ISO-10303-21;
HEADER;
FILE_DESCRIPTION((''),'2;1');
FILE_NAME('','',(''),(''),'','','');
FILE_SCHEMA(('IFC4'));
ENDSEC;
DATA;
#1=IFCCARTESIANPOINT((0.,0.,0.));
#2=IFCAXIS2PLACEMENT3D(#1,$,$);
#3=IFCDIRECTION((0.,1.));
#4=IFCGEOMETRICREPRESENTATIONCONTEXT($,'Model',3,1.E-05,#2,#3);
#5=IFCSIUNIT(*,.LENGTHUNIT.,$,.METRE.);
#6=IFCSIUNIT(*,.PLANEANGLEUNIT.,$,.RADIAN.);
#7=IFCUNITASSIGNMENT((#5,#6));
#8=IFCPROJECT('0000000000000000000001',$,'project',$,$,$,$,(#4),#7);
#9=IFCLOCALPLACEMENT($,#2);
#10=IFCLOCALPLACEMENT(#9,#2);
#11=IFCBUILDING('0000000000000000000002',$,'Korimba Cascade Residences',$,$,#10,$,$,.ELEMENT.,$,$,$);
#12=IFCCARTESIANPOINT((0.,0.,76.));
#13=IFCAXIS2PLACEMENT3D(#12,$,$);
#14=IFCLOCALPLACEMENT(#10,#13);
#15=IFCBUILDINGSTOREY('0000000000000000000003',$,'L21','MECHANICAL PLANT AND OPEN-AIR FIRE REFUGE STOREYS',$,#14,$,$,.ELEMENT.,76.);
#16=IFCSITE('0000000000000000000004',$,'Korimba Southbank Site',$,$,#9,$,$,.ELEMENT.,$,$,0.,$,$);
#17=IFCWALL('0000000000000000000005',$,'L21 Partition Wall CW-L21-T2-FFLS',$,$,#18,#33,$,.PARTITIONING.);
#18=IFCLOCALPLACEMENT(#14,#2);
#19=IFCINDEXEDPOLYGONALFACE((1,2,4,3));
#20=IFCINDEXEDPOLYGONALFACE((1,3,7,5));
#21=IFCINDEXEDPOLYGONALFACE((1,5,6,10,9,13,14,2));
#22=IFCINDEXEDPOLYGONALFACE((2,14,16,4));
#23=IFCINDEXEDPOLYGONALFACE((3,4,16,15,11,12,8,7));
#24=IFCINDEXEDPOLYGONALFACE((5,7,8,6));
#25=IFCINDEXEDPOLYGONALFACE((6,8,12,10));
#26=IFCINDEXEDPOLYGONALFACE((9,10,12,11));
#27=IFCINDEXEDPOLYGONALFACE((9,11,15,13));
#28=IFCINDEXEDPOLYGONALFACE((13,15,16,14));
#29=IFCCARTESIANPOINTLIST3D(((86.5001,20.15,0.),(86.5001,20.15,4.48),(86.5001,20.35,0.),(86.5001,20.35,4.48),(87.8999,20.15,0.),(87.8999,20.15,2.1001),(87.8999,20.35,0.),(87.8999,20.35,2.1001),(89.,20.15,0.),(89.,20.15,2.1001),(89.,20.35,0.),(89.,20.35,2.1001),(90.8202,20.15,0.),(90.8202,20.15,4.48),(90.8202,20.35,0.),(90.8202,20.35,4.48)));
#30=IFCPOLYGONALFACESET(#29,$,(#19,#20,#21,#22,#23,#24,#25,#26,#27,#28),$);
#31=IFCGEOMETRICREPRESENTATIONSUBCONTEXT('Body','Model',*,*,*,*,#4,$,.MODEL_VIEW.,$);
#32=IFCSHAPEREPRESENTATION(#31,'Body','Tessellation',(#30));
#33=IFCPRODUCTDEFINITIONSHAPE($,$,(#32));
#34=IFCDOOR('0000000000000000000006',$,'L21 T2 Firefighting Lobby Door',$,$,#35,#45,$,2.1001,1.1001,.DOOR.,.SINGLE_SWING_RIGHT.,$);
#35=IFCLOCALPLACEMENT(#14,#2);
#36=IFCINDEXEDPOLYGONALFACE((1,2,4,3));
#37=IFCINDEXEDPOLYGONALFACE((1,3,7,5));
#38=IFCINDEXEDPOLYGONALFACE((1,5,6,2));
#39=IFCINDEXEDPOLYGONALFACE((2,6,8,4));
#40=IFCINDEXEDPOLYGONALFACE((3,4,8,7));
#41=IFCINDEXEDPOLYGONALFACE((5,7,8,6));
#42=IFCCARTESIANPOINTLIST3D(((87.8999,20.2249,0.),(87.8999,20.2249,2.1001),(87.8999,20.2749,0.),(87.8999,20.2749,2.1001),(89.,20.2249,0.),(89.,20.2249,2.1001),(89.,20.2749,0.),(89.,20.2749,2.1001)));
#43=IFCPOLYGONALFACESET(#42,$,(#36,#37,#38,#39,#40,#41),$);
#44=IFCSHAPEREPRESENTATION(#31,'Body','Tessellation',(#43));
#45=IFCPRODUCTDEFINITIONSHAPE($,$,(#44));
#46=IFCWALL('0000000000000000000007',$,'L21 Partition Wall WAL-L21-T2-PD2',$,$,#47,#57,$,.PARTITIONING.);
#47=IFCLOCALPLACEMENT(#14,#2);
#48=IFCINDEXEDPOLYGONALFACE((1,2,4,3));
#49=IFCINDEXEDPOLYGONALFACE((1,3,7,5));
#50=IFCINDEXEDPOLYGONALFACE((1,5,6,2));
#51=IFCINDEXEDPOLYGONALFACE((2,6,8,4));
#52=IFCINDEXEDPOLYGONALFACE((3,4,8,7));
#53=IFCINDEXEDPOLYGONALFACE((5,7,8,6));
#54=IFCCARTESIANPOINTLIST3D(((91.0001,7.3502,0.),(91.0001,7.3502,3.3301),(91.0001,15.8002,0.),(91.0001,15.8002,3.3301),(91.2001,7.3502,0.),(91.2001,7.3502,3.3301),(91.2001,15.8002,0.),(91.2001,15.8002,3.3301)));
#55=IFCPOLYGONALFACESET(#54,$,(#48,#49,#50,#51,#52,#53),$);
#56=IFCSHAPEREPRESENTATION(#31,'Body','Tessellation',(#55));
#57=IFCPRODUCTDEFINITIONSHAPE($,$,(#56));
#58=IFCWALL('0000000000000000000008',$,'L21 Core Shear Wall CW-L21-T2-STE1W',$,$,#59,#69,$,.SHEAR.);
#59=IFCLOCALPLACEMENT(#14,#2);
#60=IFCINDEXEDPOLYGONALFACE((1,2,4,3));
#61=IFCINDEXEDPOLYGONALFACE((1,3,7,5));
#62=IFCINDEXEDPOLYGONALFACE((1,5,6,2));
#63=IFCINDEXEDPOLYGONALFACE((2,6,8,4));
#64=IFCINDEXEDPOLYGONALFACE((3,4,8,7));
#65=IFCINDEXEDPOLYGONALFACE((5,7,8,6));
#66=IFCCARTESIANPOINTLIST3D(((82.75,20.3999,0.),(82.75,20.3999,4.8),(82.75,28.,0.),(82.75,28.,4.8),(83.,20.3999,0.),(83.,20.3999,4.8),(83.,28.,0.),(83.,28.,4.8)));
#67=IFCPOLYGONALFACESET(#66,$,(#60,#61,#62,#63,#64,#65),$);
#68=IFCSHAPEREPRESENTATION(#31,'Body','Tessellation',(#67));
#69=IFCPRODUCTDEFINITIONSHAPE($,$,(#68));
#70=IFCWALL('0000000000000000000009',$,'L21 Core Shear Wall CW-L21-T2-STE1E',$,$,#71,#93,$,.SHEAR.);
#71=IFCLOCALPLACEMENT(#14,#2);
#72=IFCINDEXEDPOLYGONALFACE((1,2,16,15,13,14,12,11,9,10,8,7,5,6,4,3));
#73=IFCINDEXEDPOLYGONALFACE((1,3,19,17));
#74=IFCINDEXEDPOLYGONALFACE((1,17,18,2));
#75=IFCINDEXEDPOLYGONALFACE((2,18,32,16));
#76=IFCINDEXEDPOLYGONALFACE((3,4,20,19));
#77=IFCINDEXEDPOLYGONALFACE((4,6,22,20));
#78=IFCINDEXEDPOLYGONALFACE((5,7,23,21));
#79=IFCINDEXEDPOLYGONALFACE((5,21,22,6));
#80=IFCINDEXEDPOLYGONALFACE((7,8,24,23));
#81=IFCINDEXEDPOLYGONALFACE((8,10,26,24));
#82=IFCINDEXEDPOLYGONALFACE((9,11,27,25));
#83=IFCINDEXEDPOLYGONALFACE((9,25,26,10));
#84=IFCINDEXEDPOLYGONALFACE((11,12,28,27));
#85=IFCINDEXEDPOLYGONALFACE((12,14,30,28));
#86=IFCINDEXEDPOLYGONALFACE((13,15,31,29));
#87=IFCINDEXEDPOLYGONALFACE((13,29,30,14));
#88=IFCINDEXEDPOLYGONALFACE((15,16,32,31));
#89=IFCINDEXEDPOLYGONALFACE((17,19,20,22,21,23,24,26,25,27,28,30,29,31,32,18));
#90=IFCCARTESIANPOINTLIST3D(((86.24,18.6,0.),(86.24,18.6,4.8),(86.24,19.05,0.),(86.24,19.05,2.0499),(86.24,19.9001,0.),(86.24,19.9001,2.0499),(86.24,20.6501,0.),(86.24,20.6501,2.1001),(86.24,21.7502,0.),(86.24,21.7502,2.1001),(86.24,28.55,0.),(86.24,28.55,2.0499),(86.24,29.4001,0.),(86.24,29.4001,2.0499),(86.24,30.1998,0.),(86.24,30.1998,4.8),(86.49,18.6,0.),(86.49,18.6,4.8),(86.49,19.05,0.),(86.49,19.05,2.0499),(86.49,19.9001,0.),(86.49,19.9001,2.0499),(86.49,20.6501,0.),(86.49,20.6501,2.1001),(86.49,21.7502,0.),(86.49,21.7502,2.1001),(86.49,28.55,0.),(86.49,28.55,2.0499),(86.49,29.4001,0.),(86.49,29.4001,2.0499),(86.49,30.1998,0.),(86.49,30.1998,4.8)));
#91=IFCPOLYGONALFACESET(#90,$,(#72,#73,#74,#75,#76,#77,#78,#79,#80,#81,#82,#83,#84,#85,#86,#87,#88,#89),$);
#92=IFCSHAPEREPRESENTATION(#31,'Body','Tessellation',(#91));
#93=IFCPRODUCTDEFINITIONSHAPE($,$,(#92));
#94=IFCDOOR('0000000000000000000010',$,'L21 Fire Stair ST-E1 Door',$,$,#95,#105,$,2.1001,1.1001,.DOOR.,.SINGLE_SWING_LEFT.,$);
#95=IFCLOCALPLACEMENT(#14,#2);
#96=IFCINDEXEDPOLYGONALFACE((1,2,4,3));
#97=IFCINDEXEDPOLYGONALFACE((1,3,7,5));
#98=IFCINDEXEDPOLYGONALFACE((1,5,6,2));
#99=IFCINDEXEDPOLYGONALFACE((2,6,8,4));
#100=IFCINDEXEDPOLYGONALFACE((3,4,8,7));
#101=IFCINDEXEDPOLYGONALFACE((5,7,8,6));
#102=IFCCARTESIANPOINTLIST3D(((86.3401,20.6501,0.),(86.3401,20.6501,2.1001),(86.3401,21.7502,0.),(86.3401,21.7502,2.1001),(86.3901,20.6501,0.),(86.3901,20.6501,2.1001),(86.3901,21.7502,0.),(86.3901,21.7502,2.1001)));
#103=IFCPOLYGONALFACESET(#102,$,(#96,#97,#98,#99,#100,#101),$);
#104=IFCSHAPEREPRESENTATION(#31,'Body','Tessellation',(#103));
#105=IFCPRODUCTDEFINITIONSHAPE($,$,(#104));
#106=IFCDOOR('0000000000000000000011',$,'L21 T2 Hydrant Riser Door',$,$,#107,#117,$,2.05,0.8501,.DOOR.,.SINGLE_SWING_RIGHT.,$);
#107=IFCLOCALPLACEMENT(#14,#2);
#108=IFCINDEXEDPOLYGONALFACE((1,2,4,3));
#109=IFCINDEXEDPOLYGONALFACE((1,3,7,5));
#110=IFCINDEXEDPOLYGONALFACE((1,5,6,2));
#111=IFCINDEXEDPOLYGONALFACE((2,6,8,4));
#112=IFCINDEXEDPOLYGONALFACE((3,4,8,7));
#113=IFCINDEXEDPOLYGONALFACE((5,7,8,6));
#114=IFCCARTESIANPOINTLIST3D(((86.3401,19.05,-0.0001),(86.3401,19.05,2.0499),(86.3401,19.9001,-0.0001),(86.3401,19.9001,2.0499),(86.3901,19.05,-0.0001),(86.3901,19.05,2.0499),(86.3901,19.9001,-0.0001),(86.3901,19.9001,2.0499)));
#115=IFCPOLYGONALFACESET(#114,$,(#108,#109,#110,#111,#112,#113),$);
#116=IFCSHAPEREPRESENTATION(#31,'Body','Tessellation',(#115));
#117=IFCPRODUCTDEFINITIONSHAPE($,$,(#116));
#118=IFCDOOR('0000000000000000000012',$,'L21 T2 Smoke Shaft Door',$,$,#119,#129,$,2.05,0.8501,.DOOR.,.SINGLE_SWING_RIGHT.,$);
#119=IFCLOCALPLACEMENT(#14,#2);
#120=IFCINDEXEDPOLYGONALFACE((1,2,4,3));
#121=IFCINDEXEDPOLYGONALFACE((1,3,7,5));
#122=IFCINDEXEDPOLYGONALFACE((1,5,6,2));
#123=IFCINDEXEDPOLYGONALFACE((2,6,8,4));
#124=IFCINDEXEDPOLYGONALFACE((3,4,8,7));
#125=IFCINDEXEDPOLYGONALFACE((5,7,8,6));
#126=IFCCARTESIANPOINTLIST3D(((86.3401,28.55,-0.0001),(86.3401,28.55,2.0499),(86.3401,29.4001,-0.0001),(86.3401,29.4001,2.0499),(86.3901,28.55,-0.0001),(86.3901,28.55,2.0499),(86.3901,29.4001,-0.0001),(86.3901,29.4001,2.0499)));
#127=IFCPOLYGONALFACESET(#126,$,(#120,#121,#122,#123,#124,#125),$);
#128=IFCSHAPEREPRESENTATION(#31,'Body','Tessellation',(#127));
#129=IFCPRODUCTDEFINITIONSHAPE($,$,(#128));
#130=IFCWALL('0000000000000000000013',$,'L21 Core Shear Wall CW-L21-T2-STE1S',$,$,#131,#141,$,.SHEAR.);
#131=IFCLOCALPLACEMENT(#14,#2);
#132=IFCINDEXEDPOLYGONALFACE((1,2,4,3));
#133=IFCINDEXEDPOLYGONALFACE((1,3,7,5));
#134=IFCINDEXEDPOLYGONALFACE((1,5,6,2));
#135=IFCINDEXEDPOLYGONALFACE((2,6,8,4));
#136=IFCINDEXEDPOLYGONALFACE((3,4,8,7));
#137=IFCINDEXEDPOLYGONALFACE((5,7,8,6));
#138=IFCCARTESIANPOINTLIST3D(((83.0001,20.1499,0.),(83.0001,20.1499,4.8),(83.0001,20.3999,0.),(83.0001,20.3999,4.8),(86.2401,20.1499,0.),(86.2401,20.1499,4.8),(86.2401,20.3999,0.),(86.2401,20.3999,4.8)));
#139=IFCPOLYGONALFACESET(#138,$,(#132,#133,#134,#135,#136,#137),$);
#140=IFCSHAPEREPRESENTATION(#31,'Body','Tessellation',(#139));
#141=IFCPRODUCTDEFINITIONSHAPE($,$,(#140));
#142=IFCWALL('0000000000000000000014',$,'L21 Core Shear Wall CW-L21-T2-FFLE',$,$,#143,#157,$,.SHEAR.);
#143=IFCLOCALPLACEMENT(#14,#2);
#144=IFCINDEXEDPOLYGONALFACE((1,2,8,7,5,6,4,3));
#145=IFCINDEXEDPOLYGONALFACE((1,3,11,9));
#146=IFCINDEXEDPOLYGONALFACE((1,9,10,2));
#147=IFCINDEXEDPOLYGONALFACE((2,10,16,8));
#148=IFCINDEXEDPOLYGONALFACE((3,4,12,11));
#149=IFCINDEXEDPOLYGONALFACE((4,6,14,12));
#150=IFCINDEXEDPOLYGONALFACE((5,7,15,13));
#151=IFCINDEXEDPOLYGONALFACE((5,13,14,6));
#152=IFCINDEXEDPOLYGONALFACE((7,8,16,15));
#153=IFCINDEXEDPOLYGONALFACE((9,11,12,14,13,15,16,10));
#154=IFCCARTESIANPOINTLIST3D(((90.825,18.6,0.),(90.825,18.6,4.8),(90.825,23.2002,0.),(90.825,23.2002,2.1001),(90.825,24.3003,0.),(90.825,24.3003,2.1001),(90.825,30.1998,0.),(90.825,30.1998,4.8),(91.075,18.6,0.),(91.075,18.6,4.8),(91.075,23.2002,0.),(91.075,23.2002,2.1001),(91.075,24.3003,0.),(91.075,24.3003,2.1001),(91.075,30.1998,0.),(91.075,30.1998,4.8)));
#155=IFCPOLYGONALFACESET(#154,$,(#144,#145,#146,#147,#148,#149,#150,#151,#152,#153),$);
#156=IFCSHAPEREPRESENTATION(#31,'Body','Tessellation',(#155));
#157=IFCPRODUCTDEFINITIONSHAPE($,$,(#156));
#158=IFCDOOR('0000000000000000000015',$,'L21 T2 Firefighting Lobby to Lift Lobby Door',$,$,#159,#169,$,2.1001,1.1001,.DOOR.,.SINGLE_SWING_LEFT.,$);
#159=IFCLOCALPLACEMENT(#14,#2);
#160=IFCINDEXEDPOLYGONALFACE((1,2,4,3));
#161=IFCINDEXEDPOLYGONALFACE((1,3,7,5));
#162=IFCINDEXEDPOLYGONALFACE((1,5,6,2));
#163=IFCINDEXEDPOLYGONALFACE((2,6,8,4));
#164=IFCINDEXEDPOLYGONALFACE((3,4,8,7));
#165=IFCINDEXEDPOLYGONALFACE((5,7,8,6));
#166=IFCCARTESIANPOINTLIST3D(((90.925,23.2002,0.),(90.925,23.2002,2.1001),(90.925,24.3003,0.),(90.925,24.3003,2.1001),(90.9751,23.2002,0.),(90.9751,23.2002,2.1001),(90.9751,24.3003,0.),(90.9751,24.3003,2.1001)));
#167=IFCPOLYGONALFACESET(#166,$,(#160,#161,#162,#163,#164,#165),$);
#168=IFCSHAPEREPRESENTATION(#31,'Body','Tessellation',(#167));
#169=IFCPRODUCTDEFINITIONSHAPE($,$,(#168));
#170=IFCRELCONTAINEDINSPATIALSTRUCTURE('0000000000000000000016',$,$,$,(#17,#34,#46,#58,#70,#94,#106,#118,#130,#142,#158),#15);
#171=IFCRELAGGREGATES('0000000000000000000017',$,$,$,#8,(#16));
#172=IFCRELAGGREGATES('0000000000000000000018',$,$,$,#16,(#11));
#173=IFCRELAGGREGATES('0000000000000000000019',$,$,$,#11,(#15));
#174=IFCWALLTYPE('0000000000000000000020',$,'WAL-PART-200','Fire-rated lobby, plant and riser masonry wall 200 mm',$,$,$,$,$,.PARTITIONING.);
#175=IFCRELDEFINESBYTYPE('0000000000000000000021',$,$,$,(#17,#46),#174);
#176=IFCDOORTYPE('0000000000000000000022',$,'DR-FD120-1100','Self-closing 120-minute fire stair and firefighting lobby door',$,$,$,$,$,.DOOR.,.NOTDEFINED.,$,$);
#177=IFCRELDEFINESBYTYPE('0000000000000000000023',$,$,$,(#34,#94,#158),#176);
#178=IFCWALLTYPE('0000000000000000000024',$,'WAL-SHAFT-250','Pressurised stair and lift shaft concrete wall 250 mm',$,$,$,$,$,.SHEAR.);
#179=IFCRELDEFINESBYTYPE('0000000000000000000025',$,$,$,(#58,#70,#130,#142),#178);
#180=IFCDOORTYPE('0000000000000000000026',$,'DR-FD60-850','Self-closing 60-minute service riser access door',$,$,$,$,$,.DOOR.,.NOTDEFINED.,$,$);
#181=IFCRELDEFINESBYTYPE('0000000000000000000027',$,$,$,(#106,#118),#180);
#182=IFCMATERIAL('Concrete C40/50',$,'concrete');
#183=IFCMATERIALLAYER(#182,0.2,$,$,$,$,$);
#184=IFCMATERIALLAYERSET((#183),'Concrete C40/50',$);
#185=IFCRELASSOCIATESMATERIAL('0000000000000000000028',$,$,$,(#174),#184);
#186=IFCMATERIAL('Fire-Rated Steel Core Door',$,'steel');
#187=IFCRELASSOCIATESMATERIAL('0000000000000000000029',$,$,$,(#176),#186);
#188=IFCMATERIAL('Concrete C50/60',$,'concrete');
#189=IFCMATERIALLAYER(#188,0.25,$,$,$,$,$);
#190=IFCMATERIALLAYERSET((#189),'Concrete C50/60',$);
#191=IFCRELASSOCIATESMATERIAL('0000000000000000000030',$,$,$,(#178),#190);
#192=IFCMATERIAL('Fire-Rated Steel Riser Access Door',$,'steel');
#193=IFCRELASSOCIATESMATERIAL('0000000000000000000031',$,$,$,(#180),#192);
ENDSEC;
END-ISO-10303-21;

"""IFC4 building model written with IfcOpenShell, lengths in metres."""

from ifc_helpers import new_model, si_unit, direction, frame, frame_2d, origin, place, context, subcontext, project, spatial, rectangle, extrude, material, layer, layer_set, type_object, element, fill, save


model = new_model("IFC4")

# Units and contexts
model_context = context("Model", 3, precision=1e-05, world=origin(), true_north=direction((0.0, 1.0)))
body_context = subcontext(model_context, "Body", "Model", "MODEL_VIEW")
ifc_project = project(units=[si_unit("LENGTHUNIT", "METRE"), si_unit("PLANEANGLEUNIT", "RADIAN")], contexts=[model_context])

# Site, building, storey
site_placement = place(None, origin())
site = spatial("IfcSite", under=ifc_project, at=site_placement, Name="Korimba Southbank Site", CompositionType="ELEMENT", RefElevation=0.0)
building_placement = place(site_placement, origin())
building = spatial("IfcBuilding", under=site, at=building_placement, Name="Korimba Cascade Residences", CompositionType="ELEMENT")
storey_placement = place(building_placement, frame((0.0, 0.0, 76.0)))
storey = spatial("IfcBuildingStorey", under=building, at=storey_placement, Name="L21", Description="MECHANICAL PLANT AND OPEN-AIR FIRE REFUGE STOREYS", CompositionType="ELEMENT", Elevation=76.0)

# Wall, opening, door
ifc_material_1 = material(Name="Concrete C40/50", Category="concrete")
ifc_layer_1 = layer(ifc_material_1, 0.2)
ifc_layer_set_1 = layer_set([ifc_layer_1], Name="Concrete C40/50")
wall_type_1 = type_object("IfcWallType", Name="WAL-PART-200", Description="Fire-rated lobby, plant and riser masonry wall 200 mm", PredefinedType="PARTITIONING", material=ifc_layer_set_1)
wall_1_placement = place(storey_placement, frame((86.5, 20.25, 0.0), z_axis=(0.0, 0.0, 1.0), x_axis=(1.0, 0.0, 0.0)))
wall_1 = element("IfcWall", 1, at=wall_1_placement, inside=storey, type_object=wall_type_1, Name="L21 Partition Wall CW-L21-T2-FFLS", PredefinedType="PARTITIONING", context=body_context, shape_type="SweptSolid", body=[
    extrude(rectangle(XDim=4.3201, YDim=0.2, at=frame_2d((2.1602, 0.0))), origin(), (0.0, 0.0, 1.0), 4.48),
])
opening_1_placement = place(wall_1_placement, frame((1.3999, 0.0, 0.0)))
opening_1 = element("IfcOpeningElement", 2, at=opening_1_placement, cuts=wall_1, PredefinedType="OPENING", context=body_context, shape_type="SweptSolid", body=[
    extrude(rectangle(XDim=1.1001, YDim=2.1001, at=frame_2d((0.55, 1.05))), frame((0.0, 0.1099, 0.0), z_axis=(0.0, -1.0, 0.0), x_axis=(1.0, 0.0, 0.0)), (0.0, 0.0, 1.0), 0.22),
])
ifc_material_2 = material(Name="Fire-Rated Steel Core Door", Category="steel")
door_type_1 = type_object("IfcDoorType", Name="DR-FD120-1100", Description="Self-closing 120-minute fire stair and firefighting lobby door", OperationType="NOTDEFINED", PredefinedType="DOOR", material=ifc_material_2)
door_1_placement = place(opening_1_placement, origin())
door_1 = element("IfcDoor", 3, at=door_1_placement, inside=storey, type_object=door_type_1, Name="L21 T2 Firefighting Lobby Door", OperationType="SINGLE_SWING_RIGHT", OverallHeight=2.1001, OverallWidth=1.1001, PredefinedType="DOOR", context=body_context, shape_type="SweptSolid", body=[
    extrude(rectangle(XDim=1.1001, YDim=2.1001, at=frame_2d((0.55, 1.05))), frame((0.0, 0.0249, 0.0), z_axis=(0.0, -1.0, 0.0), x_axis=(1.0, 0.0, 0.0)), (0.0, 0.0, 1.0), 0.05),
])
fill(opening_1, door_1)

# Walls
wall_2_placement = place(storey_placement, frame((91.1001, 7.3501, 0.0), z_axis=(0.0, 0.0, 1.0), x_axis=(0.0, 1.0, 0.0)))
element("IfcWall", 4, at=wall_2_placement, inside=storey, type_object=wall_type_1, Name="L21 Partition Wall WAL-L21-T2-PD2", PredefinedType="PARTITIONING", context=body_context, shape_type="SweptSolid", body=[
    extrude(rectangle(XDim=8.45, YDim=0.2, at=frame_2d((4.2251, 0.0))), origin(), (0.0, 0.0, 1.0), 3.3301),
])
ifc_material_3 = material(Name="Concrete C50/60", Category="concrete")
ifc_layer_2 = layer(ifc_material_3, 0.25)
ifc_layer_set_2 = layer_set([ifc_layer_2], Name="Concrete C50/60")
wall_type_2 = type_object("IfcWallType", Name="WAL-SHAFT-250", Description="Pressurised stair and lift shaft concrete wall 250 mm", PredefinedType="SHEAR", material=ifc_layer_set_2)
wall_3_placement = place(storey_placement, frame((82.875, 20.3999, 0.0), z_axis=(0.0, 0.0, 1.0), x_axis=(0.0, 1.0, 0.0)))
element("IfcWall", 5, at=wall_3_placement, inside=storey, type_object=wall_type_2, Name="L21 Core Shear Wall CW-L21-T2-STE1W", PredefinedType="SHEAR", context=body_context, shape_type="SweptSolid", body=[
    extrude(rectangle(XDim=7.6001, YDim=0.25, at=frame_2d((3.8, 0.0))), origin(), (0.0, 0.0, 1.0), 4.8),
])

# Wall, openings, doors
wall_4_placement = place(storey_placement, frame((86.365, 18.6001, 0.0), z_axis=(0.0, 0.0, 1.0), x_axis=(0.0, 1.0, 0.0)))
wall_4 = element("IfcWall", 6, at=wall_4_placement, inside=storey, type_object=wall_type_2, Name="L21 Core Shear Wall CW-L21-T2-STE1E", PredefinedType="SHEAR", context=body_context, shape_type="SweptSolid", body=[
    extrude(rectangle(XDim=11.5999, YDim=0.25, at=frame_2d((5.7998, 0.0))), origin(), (0.0, 0.0, 1.0), 4.8),
])
opening_2_placement = place(wall_4_placement, frame((0.45, 0.0, 0.0)))
opening_2 = element("IfcOpeningElement", 7, at=opening_2_placement, cuts=wall_4, PredefinedType="OPENING", context=body_context, shape_type="SweptSolid", body=[
    extrude(rectangle(XDim=0.8501, YDim=2.05, at=frame_2d((0.425, 1.0249))), frame((0.0, 0.135, 0.0), z_axis=(0.0, -1.0, 0.0), x_axis=(1.0, 0.0, 0.0)), (0.0, 0.0, 1.0), 0.27),
])
opening_3_placement = place(wall_4_placement, frame((2.05, 0.0, 0.0)))
opening_3 = element("IfcOpeningElement", 8, at=opening_3_placement, cuts=wall_4, PredefinedType="OPENING", context=body_context, shape_type="SweptSolid", body=[
    extrude(rectangle(XDim=1.1001, YDim=2.1001, at=frame_2d((0.55, 1.05))), frame((0.0, 0.135, 0.0), z_axis=(0.0, -1.0, 0.0), x_axis=(1.0, 0.0, 0.0)), (0.0, 0.0, 1.0), 0.27),
])
opening_4_placement = place(wall_4_placement, frame((9.95, 0.0, 0.0)))
opening_4 = element("IfcOpeningElement", 9, at=opening_4_placement, cuts=wall_4, PredefinedType="OPENING", context=body_context, shape_type="SweptSolid", body=[
    extrude(rectangle(XDim=0.8501, YDim=2.05, at=frame_2d((0.425, 1.0249))), frame((0.0, 0.135, 0.0), z_axis=(0.0, -1.0, 0.0), x_axis=(1.0, 0.0, 0.0)), (0.0, 0.0, 1.0), 0.27),
])
door_2_placement = place(opening_3_placement, origin())
door_2 = element("IfcDoor", 10, at=door_2_placement, inside=storey, type_object=door_type_1, Name="L21 Fire Stair ST-E1 Door", OperationType="SINGLE_SWING_LEFT", OverallHeight=2.1001, OverallWidth=1.1001, PredefinedType="DOOR", context=body_context, shape_type="SweptSolid", body=[
    extrude(rectangle(XDim=1.1001, YDim=2.1001, at=frame_2d((0.55, 1.05))), frame((0.0, 0.0249, 0.0), z_axis=(0.0, -1.0, 0.0), x_axis=(1.0, 0.0, 0.0)), (0.0, 0.0, 1.0), 0.05),
])
fill(opening_3, door_2)
ifc_material_4 = material(Name="Fire-Rated Steel Riser Access Door", Category="steel")
door_type_2 = type_object("IfcDoorType", Name="DR-FD60-850", Description="Self-closing 60-minute service riser access door", OperationType="NOTDEFINED", PredefinedType="DOOR", material=ifc_material_4)
door_3_placement = place(opening_2_placement, origin())
door_3 = element("IfcDoor", 11, at=door_3_placement, inside=storey, type_object=door_type_2, Name="L21 T2 Hydrant Riser Door", OperationType="SINGLE_SWING_RIGHT", OverallHeight=2.05, OverallWidth=0.8501, PredefinedType="DOOR", context=body_context, shape_type="SweptSolid", body=[
    extrude(rectangle(XDim=0.8501, YDim=2.05, at=frame_2d((0.425, 1.0249))), frame((0.0, 0.0249, 0.0), z_axis=(0.0, -1.0, 0.0), x_axis=(1.0, 0.0, 0.0)), (0.0, 0.0, 1.0), 0.05),
])
fill(opening_2, door_3)
door_4_placement = place(opening_4_placement, origin())
door_4 = element("IfcDoor", 12, at=door_4_placement, inside=storey, type_object=door_type_2, Name="L21 T2 Smoke Shaft Door", OperationType="SINGLE_SWING_RIGHT", OverallHeight=2.05, OverallWidth=0.8501, PredefinedType="DOOR", context=body_context, shape_type="SweptSolid", body=[
    extrude(rectangle(XDim=0.8501, YDim=2.05, at=frame_2d((0.425, 1.0249))), frame((0.0, 0.0249, 0.0), z_axis=(0.0, -1.0, 0.0), x_axis=(1.0, 0.0, 0.0)), (0.0, 0.0, 1.0), 0.05),
])
fill(opening_4, door_4)

# Wall
wall_5_placement = place(storey_placement, frame((83.0, 20.2749, 0.0), z_axis=(0.0, 0.0, 1.0), x_axis=(1.0, 0.0, 0.0)))
element("IfcWall", 13, at=wall_5_placement, inside=storey, type_object=wall_type_2, Name="L21 Core Shear Wall CW-L21-T2-STE1S", PredefinedType="SHEAR", context=body_context, shape_type="SweptSolid", body=[
    extrude(rectangle(XDim=3.24, YDim=0.25, at=frame_2d((1.6201, 0.0))), origin(), (0.0, 0.0, 1.0), 4.8),
])

# Wall, opening, door
wall_6_placement = place(storey_placement, frame((90.95, 18.6001, 0.0), z_axis=(0.0, 0.0, 1.0), x_axis=(0.0, 1.0, 0.0)))
wall_6 = element("IfcWall", 14, at=wall_6_placement, inside=storey, type_object=wall_type_2, Name="L21 Core Shear Wall CW-L21-T2-FFLE", PredefinedType="SHEAR", context=body_context, shape_type="SweptSolid", body=[
    extrude(rectangle(XDim=11.5999, YDim=0.25, at=frame_2d((5.7998, 0.0))), origin(), (0.0, 0.0, 1.0), 4.8),
])
opening_5_placement = place(wall_6_placement, frame((4.6001, 0.0, 0.0)))
opening_5 = element("IfcOpeningElement", 15, at=opening_5_placement, cuts=wall_6, PredefinedType="OPENING", context=body_context, shape_type="SweptSolid", body=[
    extrude(rectangle(XDim=1.1001, YDim=2.1001, at=frame_2d((0.55, 1.05))), frame((0.0, 0.135, 0.0), z_axis=(0.0, -1.0, 0.0), x_axis=(1.0, 0.0, 0.0)), (0.0, 0.0, 1.0), 0.27),
])
door_5_placement = place(opening_5_placement, origin())
door_5 = element("IfcDoor", 16, at=door_5_placement, inside=storey, type_object=door_type_1, Name="L21 T2 Firefighting Lobby to Lift Lobby Door", OperationType="SINGLE_SWING_LEFT", OverallHeight=2.1001, OverallWidth=1.1001, PredefinedType="DOOR", context=body_context, shape_type="SweptSolid", body=[
    extrude(rectangle(XDim=1.1001, YDim=2.1001, at=frame_2d((0.55, 1.05))), frame((0.0, 0.0249, 0.0), z_axis=(0.0, -1.0, 0.0), x_axis=(1.0, 0.0, 0.0)), (0.0, 0.0, 1.0), 0.05),
])
fill(opening_5, door_5)

save(model, "model.ifc")
